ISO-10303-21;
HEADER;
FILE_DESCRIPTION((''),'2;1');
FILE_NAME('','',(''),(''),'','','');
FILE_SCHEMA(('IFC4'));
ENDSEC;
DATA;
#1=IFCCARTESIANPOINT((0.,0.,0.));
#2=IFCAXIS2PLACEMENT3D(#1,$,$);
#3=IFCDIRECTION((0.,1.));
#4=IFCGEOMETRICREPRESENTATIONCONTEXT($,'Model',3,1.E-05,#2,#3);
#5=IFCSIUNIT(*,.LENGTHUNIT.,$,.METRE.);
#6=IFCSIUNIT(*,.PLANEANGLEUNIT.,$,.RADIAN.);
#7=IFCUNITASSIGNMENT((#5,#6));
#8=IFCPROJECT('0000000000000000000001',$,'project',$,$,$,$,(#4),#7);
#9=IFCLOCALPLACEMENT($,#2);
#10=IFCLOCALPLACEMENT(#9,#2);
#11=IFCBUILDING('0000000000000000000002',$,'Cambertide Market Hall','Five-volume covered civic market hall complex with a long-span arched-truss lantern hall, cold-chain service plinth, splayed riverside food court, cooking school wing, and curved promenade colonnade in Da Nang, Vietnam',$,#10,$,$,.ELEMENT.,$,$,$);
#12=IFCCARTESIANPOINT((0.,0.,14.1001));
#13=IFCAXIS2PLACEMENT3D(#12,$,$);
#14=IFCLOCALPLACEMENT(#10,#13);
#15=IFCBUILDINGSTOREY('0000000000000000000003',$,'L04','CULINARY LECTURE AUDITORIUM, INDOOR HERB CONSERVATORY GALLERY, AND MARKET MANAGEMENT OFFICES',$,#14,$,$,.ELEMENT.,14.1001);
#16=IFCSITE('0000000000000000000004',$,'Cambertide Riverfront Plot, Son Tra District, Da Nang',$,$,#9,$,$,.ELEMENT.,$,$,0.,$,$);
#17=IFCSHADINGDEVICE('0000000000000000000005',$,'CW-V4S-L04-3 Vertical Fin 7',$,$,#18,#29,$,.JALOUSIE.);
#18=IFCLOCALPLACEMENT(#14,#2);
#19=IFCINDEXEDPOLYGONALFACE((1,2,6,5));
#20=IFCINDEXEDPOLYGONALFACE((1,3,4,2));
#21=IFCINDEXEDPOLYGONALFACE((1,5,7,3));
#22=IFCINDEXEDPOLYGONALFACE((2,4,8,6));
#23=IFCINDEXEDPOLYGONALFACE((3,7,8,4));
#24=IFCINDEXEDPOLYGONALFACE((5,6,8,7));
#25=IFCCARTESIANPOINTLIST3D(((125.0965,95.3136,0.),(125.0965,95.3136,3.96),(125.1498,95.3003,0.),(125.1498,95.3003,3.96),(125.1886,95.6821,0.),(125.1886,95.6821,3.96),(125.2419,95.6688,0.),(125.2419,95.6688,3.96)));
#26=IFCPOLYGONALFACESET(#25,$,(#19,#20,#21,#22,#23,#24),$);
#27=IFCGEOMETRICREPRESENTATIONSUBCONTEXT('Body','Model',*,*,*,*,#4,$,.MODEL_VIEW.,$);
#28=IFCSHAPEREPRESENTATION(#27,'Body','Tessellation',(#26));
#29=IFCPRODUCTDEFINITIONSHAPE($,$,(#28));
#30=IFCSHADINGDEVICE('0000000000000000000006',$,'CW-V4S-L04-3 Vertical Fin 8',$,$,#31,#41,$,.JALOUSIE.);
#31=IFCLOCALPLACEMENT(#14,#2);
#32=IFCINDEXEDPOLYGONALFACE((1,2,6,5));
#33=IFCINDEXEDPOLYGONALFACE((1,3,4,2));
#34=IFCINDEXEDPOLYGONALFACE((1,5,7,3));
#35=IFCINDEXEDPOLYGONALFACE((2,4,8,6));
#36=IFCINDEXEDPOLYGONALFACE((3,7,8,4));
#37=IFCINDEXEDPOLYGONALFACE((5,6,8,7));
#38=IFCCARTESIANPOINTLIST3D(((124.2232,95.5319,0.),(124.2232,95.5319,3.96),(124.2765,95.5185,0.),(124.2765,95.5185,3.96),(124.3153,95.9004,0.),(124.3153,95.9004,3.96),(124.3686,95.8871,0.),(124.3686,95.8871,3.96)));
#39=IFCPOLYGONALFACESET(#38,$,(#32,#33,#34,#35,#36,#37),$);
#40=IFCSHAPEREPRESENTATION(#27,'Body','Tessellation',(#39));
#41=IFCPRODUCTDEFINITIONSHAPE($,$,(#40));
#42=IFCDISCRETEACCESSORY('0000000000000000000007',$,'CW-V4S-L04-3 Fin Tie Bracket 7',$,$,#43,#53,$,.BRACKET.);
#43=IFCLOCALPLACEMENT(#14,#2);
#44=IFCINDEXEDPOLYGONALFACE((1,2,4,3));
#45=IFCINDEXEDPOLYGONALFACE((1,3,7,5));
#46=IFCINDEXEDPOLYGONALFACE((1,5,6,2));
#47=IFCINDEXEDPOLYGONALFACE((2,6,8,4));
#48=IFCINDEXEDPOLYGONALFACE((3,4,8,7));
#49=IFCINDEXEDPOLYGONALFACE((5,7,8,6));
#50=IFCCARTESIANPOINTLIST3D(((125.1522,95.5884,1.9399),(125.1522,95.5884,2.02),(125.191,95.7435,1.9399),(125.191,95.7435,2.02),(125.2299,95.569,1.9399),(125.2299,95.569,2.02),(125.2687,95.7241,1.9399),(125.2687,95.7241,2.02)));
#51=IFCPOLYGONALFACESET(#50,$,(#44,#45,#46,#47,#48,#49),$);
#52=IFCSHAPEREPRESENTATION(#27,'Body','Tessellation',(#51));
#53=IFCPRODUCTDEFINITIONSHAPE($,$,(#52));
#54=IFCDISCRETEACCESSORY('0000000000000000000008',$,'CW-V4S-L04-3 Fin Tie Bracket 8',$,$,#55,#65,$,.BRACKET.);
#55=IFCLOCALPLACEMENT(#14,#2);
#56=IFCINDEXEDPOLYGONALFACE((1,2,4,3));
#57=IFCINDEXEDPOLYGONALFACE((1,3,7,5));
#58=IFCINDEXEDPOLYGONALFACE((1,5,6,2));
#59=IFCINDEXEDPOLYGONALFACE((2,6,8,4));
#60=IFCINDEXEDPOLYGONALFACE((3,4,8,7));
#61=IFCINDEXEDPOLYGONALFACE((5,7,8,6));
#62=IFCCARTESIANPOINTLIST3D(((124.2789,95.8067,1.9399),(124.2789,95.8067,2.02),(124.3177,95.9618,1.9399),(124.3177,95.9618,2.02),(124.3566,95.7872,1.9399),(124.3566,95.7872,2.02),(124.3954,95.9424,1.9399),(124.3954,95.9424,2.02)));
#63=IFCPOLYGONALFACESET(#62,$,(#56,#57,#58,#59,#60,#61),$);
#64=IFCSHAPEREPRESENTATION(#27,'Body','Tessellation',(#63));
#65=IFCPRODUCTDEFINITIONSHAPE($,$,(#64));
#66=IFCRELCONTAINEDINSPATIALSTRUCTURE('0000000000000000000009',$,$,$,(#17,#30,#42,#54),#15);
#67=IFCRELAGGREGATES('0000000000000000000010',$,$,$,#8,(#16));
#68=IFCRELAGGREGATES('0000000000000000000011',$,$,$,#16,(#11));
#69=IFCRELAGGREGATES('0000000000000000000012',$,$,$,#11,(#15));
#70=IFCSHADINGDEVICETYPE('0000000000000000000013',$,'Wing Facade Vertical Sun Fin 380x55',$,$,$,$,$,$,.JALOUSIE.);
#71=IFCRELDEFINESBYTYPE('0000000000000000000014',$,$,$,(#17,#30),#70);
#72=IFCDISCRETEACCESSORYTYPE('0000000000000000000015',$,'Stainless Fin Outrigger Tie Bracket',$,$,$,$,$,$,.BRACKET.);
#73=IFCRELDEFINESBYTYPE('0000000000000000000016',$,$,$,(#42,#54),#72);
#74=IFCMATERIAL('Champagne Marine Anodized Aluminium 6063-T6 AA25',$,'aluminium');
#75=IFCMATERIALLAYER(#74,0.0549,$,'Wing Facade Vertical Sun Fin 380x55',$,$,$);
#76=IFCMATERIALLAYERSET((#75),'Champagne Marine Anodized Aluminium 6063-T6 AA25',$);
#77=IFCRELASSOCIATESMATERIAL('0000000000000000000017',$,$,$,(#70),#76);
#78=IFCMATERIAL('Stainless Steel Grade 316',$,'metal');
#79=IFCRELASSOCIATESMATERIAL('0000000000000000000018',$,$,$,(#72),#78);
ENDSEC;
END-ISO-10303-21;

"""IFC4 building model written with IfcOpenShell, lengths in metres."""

from ifc_helpers import new_model, si_unit, direction, frame, origin, origin_2d, place, context, subcontext, project, spatial, rectangle, extrude, material, layer, layer_set, type_object, element, save


model = new_model("IFC4")

# Units and contexts
model_context = context("Model", 3, precision=1e-05, world=origin(), true_north=direction((0.0, 1.0)))
body_context = subcontext(model_context, "Body", "Model", "MODEL_VIEW")
ifc_project = project(units=[si_unit("LENGTHUNIT", "METRE"), si_unit("PLANEANGLEUNIT", "RADIAN")], contexts=[model_context])

# Site, building, storey
site_placement = place(None, origin())
site = spatial("IfcSite", under=ifc_project, at=site_placement, Name="Cambertide Riverfront Plot, Son Tra District, Da Nang", CompositionType="ELEMENT", RefElevation=0.0)
building_placement = place(site_placement, origin())
building = spatial("IfcBuilding", under=site, at=building_placement, Name="Cambertide Market Hall", Description="Five-volume covered civic market hall complex with a long-span arched-truss lantern hall, cold-chain service plinth, splayed riverside food court, cooking school wing, and curved promenade colonnade in Da Nang, Vietnam", CompositionType="ELEMENT")
storey_placement = place(building_placement, frame((0.0, 0.0, 14.1001)))
storey = spatial("IfcBuildingStorey", under=building, at=storey_placement, Name="L04", Description="CULINARY LECTURE AUDITORIUM, INDOOR HERB CONSERVATORY GALLERY, AND MARKET MANAGEMENT OFFICES", CompositionType="ELEMENT", Elevation=14.1001)

# Shading devices
ifc_material_1 = material(Name="Champagne Marine Anodized Aluminium 6063-T6 AA25", Category="aluminium")
ifc_layer_1 = layer(ifc_material_1, 0.0549, Name="Wing Facade Vertical Sun Fin 380x55")
ifc_layer_set_1 = layer_set([ifc_layer_1], Name="Champagne Marine Anodized Aluminium 6063-T6 AA25")
shading_device_type = type_object("IfcShadingDeviceType", Name="Wing Facade Vertical Sun Fin 380x55", PredefinedType="JALOUSIE", material=ifc_layer_set_1)
for number, where, z_axis, x_axis, name in (
    (1, (125.1692, 95.4912, 0.0), (0.0, 0.0, 1.0), (-0.970143, 0.242535, 0.0), "CW-V4S-L04-3 Vertical Fin 7"),
    (2, (124.2959, 95.7095, 0.0), (0.0, 0.0, 1.0), (-0.970143, 0.242535, 0.0), "CW-V4S-L04-3 Vertical Fin 8"),
):
    element("IfcShadingDevice", number, at=place(storey_placement, frame(where, z_axis=z_axis, x_axis=x_axis)), inside=storey, type_object=shading_device_type, Name=name, PredefinedType="JALOUSIE", context=body_context, shape_type="SweptSolid", body=[
        extrude(rectangle(XDim=0.0549, YDim=0.3799, at=origin_2d()), origin(), (0.0, 0.0, 1.0), 3.96),
    ])

# Discrete accessories
ifc_material_2 = material(Name="Stainless Steel Grade 316", Category="metal")
discrete_accessory_type = type_object("IfcDiscreteAccessoryType", Name="Stainless Fin Outrigger Tie Bracket", PredefinedType="BRACKET", material=ifc_material_2)
for number, where, z_axis, x_axis, name in (
    (3, (125.2104, 95.6562, 1.9399), (0.0, 0.0, 1.0), (-0.970143, 0.242535, 0.0), "CW-V4S-L04-3 Fin Tie Bracket 7"),
    (4, (124.3372, 95.8745, 1.9399), (0.0, 0.0, 1.0), (-0.970143, 0.242535, 0.0), "CW-V4S-L04-3 Fin Tie Bracket 8"),
):
    element("IfcDiscreteAccessory", number, at=place(storey_placement, frame(where, z_axis=z_axis, x_axis=x_axis)), inside=storey, type_object=discrete_accessory_type, Name=name, PredefinedType="BRACKET", context=body_context, shape_type="SweptSolid", body=[
        extrude(rectangle(XDim=0.0801, YDim=0.1599, at=origin_2d()), origin(), (0.0, 0.0, 1.0), 0.0801),
    ])

save(model, "model.ifc")
